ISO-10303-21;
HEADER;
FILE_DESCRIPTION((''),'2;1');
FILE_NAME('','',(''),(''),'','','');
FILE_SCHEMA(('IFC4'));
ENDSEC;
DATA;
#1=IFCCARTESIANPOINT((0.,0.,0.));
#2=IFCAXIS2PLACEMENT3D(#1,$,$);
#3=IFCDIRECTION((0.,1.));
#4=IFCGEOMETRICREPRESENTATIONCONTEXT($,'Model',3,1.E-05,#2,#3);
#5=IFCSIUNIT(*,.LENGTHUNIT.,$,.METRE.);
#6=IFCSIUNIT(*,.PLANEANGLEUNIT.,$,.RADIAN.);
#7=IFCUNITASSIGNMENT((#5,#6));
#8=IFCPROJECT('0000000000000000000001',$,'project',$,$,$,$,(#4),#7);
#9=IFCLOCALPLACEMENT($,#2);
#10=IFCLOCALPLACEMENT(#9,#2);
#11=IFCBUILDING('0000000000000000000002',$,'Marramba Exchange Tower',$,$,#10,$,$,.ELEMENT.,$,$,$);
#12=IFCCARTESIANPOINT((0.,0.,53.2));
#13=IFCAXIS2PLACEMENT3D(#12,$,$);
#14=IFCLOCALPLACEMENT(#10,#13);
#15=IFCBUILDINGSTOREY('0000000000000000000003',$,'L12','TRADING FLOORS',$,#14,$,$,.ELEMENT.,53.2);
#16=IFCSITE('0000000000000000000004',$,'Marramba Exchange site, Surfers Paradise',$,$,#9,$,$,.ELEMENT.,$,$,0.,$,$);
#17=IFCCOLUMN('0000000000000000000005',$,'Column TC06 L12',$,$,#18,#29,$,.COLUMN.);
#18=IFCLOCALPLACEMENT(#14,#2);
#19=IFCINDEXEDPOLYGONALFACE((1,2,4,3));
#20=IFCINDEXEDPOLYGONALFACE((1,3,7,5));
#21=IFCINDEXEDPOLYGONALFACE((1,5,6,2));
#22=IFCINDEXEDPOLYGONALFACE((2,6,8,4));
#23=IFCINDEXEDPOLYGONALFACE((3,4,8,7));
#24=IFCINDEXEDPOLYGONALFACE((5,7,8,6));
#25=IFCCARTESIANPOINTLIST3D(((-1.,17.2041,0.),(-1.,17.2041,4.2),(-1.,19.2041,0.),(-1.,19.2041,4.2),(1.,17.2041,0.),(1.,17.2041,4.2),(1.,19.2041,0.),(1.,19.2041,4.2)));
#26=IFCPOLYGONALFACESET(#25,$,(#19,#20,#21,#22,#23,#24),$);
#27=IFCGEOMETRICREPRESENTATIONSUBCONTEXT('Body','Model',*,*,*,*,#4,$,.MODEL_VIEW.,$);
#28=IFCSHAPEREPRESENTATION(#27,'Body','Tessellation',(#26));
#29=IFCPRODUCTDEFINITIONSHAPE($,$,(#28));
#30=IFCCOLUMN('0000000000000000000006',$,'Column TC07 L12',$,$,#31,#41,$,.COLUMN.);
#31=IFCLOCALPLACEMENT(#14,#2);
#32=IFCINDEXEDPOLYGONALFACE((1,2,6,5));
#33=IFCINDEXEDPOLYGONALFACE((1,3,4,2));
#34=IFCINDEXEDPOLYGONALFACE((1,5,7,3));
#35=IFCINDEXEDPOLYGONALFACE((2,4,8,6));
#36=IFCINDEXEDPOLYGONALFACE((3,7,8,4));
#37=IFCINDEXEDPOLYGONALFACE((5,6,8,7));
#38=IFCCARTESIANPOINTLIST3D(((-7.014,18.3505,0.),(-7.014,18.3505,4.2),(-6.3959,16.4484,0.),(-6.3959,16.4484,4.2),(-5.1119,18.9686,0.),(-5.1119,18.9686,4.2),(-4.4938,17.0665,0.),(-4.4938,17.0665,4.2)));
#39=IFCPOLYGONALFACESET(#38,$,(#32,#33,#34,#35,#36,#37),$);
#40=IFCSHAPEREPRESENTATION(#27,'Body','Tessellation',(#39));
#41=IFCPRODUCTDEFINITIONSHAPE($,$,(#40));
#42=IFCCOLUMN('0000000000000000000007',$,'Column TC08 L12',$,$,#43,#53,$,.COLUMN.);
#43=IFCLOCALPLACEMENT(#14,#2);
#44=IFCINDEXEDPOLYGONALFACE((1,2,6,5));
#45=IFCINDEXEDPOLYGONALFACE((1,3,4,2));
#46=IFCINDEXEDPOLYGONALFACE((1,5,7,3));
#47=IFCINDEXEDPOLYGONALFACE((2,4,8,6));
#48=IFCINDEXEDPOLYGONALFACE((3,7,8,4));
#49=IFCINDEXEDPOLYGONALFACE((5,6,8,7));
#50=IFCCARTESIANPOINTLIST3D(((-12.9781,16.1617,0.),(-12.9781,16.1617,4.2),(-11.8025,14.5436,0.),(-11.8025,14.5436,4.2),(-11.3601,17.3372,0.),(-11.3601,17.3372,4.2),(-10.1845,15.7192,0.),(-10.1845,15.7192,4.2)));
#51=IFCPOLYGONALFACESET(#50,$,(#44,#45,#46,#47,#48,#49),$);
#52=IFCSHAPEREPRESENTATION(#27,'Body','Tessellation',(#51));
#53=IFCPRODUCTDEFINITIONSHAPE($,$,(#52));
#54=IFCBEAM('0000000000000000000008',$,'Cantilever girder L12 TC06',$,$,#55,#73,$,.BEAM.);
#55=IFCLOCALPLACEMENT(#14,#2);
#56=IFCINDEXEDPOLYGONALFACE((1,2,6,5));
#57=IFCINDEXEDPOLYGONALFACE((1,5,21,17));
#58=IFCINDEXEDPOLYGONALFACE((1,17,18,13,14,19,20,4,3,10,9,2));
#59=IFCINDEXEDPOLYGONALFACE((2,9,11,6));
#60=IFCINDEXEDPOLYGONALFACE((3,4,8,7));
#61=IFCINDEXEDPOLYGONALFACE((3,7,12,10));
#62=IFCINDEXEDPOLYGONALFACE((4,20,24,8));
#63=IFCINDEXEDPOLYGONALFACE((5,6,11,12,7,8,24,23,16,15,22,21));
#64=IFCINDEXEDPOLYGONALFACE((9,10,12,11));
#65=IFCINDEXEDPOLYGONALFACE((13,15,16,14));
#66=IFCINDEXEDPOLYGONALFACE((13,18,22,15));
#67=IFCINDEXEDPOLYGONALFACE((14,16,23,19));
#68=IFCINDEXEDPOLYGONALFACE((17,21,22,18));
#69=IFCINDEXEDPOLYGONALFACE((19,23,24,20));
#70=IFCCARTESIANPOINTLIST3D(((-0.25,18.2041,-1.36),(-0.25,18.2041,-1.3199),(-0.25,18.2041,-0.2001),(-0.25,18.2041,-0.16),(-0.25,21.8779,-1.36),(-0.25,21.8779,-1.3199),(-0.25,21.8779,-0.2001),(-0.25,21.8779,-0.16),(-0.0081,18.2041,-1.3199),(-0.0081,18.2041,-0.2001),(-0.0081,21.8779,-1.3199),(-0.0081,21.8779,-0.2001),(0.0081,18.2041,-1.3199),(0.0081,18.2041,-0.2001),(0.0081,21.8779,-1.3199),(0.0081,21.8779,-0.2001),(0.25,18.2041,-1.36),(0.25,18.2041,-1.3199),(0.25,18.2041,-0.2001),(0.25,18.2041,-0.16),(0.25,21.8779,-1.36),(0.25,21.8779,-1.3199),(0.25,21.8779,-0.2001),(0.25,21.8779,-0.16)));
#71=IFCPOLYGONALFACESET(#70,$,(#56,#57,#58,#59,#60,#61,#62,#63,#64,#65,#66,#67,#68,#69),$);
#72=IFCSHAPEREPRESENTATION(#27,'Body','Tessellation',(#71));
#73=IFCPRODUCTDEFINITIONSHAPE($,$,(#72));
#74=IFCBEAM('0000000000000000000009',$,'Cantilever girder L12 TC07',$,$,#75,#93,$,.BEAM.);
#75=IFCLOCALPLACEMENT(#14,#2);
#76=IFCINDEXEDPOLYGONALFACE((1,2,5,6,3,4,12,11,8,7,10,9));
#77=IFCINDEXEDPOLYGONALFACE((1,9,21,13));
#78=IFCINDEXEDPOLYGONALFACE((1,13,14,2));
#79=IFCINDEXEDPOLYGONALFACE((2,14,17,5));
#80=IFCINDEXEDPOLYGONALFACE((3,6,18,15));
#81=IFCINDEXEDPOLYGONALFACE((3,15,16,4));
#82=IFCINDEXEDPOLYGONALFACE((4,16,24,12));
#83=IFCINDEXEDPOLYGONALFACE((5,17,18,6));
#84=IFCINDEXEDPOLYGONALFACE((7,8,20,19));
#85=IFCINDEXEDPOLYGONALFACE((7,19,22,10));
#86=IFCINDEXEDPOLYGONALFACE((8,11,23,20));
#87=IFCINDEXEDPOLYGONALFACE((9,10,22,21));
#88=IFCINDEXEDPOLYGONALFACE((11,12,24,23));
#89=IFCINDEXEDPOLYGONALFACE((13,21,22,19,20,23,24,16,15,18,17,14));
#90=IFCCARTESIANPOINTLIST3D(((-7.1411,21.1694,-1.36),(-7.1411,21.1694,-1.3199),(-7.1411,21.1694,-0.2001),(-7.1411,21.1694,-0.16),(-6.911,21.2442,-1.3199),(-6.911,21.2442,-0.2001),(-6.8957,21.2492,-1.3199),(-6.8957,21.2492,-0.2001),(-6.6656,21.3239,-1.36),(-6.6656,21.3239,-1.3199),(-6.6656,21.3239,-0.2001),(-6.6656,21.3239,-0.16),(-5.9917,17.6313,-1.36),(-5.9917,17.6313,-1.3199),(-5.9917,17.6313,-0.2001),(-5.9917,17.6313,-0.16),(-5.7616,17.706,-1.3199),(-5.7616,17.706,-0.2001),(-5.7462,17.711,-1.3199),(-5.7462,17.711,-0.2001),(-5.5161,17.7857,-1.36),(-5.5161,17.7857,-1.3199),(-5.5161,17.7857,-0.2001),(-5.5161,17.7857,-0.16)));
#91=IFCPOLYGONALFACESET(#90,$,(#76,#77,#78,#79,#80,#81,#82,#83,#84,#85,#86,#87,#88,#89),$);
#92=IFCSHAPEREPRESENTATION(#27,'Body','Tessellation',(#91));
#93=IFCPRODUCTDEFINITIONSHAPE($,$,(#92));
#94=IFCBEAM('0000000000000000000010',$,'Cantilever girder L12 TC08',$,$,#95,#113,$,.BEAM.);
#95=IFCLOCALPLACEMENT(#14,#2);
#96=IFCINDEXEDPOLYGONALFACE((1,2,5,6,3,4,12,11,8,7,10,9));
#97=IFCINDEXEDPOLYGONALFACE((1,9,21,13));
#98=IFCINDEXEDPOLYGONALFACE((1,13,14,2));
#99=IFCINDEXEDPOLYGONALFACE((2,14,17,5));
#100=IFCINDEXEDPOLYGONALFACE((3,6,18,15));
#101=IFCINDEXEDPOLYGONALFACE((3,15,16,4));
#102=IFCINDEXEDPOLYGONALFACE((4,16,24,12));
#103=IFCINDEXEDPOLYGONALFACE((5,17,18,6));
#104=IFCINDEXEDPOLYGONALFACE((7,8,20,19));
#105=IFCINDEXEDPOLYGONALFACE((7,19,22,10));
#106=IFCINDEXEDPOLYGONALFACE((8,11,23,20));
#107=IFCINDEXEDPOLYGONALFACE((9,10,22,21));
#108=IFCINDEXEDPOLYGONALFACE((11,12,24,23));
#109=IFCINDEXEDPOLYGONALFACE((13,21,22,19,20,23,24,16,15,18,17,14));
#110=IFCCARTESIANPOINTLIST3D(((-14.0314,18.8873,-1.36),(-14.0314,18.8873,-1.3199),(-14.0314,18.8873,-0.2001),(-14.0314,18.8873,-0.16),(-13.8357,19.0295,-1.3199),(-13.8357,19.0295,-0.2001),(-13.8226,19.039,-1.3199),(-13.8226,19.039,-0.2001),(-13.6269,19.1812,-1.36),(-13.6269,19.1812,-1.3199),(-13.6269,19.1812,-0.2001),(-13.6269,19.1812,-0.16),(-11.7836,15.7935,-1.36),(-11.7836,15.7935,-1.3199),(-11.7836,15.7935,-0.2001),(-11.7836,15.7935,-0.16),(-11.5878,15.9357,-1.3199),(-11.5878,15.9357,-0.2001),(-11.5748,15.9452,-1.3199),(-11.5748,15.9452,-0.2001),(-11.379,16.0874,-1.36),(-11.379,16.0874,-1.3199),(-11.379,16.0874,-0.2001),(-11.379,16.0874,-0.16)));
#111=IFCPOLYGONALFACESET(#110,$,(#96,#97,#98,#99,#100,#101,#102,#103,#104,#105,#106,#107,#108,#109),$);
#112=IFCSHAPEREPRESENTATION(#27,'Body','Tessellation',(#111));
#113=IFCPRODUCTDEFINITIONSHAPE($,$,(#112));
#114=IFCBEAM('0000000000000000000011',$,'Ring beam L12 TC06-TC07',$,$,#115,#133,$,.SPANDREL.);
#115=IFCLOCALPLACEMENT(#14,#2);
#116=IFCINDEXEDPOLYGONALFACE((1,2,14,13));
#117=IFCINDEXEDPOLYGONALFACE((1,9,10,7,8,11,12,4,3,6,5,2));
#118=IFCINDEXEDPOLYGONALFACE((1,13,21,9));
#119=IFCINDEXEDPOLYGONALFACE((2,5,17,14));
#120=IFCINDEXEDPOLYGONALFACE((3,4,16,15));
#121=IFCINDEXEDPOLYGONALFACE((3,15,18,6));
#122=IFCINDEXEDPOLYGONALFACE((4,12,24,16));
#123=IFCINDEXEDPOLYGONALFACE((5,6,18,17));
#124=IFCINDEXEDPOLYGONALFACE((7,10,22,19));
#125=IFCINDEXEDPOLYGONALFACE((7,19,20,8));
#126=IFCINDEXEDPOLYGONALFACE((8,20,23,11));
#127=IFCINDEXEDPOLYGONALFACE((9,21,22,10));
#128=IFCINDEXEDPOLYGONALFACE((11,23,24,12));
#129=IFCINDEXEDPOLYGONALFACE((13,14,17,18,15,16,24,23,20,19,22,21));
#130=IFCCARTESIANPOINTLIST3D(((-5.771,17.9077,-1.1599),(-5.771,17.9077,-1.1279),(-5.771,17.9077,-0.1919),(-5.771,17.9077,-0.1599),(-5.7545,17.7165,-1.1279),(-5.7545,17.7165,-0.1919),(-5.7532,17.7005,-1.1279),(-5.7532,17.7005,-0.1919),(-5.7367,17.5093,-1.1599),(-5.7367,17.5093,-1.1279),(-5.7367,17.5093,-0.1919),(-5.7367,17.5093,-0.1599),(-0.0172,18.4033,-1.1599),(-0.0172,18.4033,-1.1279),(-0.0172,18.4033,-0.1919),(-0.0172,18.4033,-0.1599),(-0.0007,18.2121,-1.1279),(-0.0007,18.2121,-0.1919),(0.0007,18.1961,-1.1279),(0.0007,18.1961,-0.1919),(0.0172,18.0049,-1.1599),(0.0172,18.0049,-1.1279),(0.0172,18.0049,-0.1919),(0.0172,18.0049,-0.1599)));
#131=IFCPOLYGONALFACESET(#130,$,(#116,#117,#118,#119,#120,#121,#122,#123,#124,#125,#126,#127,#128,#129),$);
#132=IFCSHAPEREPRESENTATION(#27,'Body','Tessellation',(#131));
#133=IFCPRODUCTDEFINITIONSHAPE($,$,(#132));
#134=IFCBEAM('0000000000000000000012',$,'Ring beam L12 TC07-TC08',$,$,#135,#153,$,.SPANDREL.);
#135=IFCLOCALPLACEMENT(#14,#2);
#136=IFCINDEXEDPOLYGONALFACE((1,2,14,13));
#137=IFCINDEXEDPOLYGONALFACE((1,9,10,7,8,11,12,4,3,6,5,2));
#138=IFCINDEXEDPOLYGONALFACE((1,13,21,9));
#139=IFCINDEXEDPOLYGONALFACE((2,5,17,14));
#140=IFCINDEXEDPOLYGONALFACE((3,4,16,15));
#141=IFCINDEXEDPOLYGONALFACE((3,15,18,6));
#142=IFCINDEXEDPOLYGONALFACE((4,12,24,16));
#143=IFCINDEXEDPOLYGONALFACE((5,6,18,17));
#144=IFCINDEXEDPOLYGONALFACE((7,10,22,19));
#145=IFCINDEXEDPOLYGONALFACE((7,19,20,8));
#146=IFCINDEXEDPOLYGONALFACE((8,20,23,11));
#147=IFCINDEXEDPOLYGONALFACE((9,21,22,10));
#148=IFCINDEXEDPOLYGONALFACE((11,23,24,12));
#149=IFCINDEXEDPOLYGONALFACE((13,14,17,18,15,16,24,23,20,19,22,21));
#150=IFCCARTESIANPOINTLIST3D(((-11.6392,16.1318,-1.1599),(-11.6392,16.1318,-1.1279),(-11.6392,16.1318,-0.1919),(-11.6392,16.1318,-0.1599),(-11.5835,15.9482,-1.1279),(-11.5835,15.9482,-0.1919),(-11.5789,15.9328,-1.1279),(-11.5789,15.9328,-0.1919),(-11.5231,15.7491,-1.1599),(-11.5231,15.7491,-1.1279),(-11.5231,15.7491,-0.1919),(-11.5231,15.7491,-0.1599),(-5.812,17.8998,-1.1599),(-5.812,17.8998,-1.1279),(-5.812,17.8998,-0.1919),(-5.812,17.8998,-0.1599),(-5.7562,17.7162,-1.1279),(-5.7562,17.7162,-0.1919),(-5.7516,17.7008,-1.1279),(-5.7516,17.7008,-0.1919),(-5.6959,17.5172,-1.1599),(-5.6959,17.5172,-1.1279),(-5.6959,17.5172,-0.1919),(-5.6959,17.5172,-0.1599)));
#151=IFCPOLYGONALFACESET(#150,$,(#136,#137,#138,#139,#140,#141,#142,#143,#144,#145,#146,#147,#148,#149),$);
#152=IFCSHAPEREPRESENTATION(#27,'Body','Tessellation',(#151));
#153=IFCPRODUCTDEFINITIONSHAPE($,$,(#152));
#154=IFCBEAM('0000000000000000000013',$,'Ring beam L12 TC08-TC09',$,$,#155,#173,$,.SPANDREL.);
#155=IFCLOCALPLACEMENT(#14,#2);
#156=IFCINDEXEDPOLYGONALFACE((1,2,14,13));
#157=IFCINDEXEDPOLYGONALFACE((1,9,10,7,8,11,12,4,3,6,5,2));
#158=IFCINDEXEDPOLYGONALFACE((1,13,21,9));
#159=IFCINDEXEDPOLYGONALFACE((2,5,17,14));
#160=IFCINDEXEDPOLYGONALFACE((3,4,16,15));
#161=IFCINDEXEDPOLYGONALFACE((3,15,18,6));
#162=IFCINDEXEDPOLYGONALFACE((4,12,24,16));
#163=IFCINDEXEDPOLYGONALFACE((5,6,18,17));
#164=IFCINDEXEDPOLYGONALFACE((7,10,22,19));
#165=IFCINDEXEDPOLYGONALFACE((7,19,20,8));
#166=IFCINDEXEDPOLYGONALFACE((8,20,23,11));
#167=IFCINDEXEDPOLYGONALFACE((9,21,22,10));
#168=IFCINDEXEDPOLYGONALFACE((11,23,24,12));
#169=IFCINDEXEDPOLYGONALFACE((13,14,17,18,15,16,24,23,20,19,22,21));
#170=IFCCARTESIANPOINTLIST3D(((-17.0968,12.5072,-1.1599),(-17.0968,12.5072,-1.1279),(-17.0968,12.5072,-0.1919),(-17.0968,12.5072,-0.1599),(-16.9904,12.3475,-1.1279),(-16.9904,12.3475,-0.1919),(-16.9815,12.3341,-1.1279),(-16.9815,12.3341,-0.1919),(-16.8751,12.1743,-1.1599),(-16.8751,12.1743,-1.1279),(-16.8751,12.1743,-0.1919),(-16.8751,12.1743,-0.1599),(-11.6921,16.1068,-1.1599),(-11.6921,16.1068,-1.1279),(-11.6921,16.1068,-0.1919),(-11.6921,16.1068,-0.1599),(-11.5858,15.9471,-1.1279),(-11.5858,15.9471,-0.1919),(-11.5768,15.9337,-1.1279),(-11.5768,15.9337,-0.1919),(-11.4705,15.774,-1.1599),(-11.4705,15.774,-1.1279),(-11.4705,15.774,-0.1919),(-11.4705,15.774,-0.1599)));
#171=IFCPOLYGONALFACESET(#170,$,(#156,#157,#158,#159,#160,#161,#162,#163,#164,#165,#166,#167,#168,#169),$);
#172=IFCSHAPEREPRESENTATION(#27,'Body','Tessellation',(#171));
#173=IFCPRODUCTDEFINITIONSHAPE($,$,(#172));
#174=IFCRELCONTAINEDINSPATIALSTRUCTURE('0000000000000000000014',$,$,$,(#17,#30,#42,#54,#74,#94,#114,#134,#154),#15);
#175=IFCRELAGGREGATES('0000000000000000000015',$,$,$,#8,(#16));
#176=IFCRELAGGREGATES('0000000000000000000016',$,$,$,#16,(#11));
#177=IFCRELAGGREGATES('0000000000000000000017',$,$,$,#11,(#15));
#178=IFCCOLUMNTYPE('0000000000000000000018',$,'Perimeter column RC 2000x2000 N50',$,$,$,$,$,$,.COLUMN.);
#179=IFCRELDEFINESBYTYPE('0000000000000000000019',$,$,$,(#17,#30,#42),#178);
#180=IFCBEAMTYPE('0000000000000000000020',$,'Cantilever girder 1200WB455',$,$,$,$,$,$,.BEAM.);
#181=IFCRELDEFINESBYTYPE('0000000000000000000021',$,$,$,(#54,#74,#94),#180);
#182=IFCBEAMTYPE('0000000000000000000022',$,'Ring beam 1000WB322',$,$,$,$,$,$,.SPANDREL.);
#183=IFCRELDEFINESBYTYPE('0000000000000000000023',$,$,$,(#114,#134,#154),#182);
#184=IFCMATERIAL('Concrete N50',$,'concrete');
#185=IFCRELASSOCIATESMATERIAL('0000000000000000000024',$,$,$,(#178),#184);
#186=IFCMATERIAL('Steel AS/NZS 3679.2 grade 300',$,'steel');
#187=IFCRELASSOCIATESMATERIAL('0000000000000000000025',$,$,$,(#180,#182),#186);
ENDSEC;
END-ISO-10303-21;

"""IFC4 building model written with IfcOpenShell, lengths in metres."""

from ifc_helpers import new_model, si_unit, direction, frame, origin, origin_2d, place, context, subcontext, project, spatial, rectangle, i_section, extrude, material, material_profile, profile_set, type_object, element, save


model = new_model("IFC4")

# Units and contexts
model_context = context("Model", 3, precision=1e-05, world=origin(), true_north=direction((0.0, 1.0)))
body_context = subcontext(model_context, "Body", "Model", "MODEL_VIEW")
ifc_project = project(units=[si_unit("LENGTHUNIT", "METRE"), si_unit("PLANEANGLEUNIT", "RADIAN")], contexts=[model_context])

# Site, building, storey
site_placement = place(None, origin())
site = spatial("IfcSite", under=ifc_project, at=site_placement, Name="Marramba Exchange site, Surfers Paradise", CompositionType="ELEMENT", RefElevation=0.0)
building_placement = place(site_placement, origin())
building = spatial("IfcBuilding", under=site, at=building_placement, Name="Marramba Exchange Tower", CompositionType="ELEMENT")
storey_placement = place(building_placement, frame((0.0, 0.0, 53.2)))
storey = spatial("IfcBuildingStorey", under=building, at=storey_placement, Name="L12", Description="TRADING FLOORS", CompositionType="ELEMENT", Elevation=53.2)

# Columns
ifc_material_1 = material(Name="Concrete N50", Category="concrete")
ifc_material_profile_1 = material_profile(ifc_material_1, rectangle(XDim=2.0, YDim=2.0, at=origin_2d()), Name="RC 2000x2000")
ifc_profile_set_1 = profile_set([ifc_material_profile_1], Name="Concrete N50")
column_type = type_object("IfcColumnType", Name="Perimeter column RC 2000x2000 N50", PredefinedType="COLUMN", material=ifc_profile_set_1)
for number, where, z_axis, x_axis, name in (
    (1, (0.0, 18.2041, 0.0), (0.0, 0.0, 1.0), (0.0, 1.0, 0.0), "Column TC06 L12"),
    (2, (-5.7539, 17.7085, 0.0), (0.0, 0.0, 1.0), (-0.309017, 0.951057, 0.0), "Column TC07 L12"),
    (3, (-11.5813, 15.9404, 0.0), (0.0, 0.0, 1.0), (-0.587785, 0.809017, 0.0), "Column TC08 L12"),
):
    element("IfcColumn", number, at=place(storey_placement, frame(where, z_axis=z_axis, x_axis=x_axis)), inside=storey, type_object=column_type, Name=name, PredefinedType="COLUMN", context=body_context, shape_type="SweptSolid", body=[
        extrude(rectangle(XDim=2.0, YDim=2.0, at=origin_2d()), origin(), (0.0, 0.0, 1.0), 4.2),
    ])

# Beams
ifc_material_2 = material(Name="Steel AS/NZS 3679.2 grade 300", Category="steel")
ifc_material_profile_2 = material_profile(ifc_material_2, i_section(OverallWidth=0.5, OverallDepth=1.2, WebThickness=0.0161, FlangeThickness=0.04, at=origin_2d()), Name="1200WB455")
ifc_profile_set_2 = profile_set([ifc_material_profile_2], Name="Steel AS/NZS 3679.2 grade 300")
beam_type_1 = type_object("IfcBeamType", Name="Cantilever girder 1200WB455", PredefinedType="BEAM", material=ifc_profile_set_2)
beam_1_placement = place(storey_placement, frame((0.0, 18.2041, -0.76), z_axis=(0.0, 1.0, 0.0), x_axis=(-1.0, 0.0, 0.0)))
element("IfcBeam", 4, at=beam_1_placement, inside=storey, type_object=beam_type_1, Name="Cantilever girder L12 TC06", PredefinedType="BEAM", context=body_context, shape_type="SweptSolid", body=[
    extrude(i_section(OverallWidth=0.5, OverallDepth=1.2, WebThickness=0.0161, FlangeThickness=0.04, at=origin_2d()), origin(), (0.0, 0.0, 1.0), 3.6738),
])
beam_2_placement = place(storey_placement, frame((-5.7539, 17.7085, -0.76), z_axis=(-0.308973, 0.951071, 0.0), x_axis=(-0.951071, -0.308973, 0.0)))
element("IfcBeam", 5, at=beam_2_placement, inside=storey, type_object=beam_type_1, Name="Cantilever girder L12 TC07", PredefinedType="BEAM", context=body_context, shape_type="SweptSolid", body=[
    extrude(i_section(OverallWidth=0.5, OverallDepth=1.2, WebThickness=0.0161, FlangeThickness=0.04, at=origin_2d()), origin(), (0.0, 0.0, 1.0), 3.7202),
])
beam_3_placement = place(storey_placement, frame((-11.5813, 15.9404, -0.76), z_axis=(-0.587796, 0.809009, 0.0), x_axis=(-0.809009, -0.587796, 0.0)))
element("IfcBeam", 6, at=beam_3_placement, inside=storey, type_object=beam_type_1, Name="Cantilever girder L12 TC08", PredefinedType="BEAM", context=body_context, shape_type="SweptSolid", body=[
    extrude(i_section(OverallWidth=0.5, OverallDepth=1.2, WebThickness=0.0161, FlangeThickness=0.04, at=origin_2d()), origin(), (0.0, 0.0, 1.0), 3.8242),
])
ifc_material_profile_3 = material_profile(ifc_material_2, i_section(OverallWidth=0.3999, OverallDepth=1.0, WebThickness=0.0161, FlangeThickness=0.032, at=origin_2d()), Name="1000WB322")
ifc_profile_set_3 = profile_set([ifc_material_profile_3], Name="Steel AS/NZS 3679.2 grade 300")
beam_type_2 = type_object("IfcBeamType", Name="Ring beam 1000WB322", PredefinedType="SPANDREL", material=ifc_profile_set_3)
beam_4_placement = place(storey_placement, frame((0.0, 18.2041, -0.6599), z_axis=(-0.996311, -0.085816, 0.0), x_axis=(0.085816, -0.996311, 0.0)))
element("IfcBeam", 7, at=beam_4_placement, inside=storey, type_object=beam_type_2, Name="Ring beam L12 TC06-TC07", PredefinedType="SPANDREL", context=body_context, shape_type="SweptSolid", body=[
    extrude(i_section(OverallWidth=0.3999, OverallDepth=1.0, WebThickness=0.0161, FlangeThickness=0.032, at=origin_2d()), origin(), (0.0, 0.0, 1.0), 5.7751),
])
beam_5_placement = place(storey_placement, frame((-5.7539, 17.7085, -0.6599), z_axis=(-0.956925, -0.290337, 0.0), x_axis=(0.290337, -0.956925, 0.0)))
element("IfcBeam", 8, at=beam_5_placement, inside=storey, type_object=beam_type_2, Name="Ring beam L12 TC07-TC08", PredefinedType="SPANDREL", context=body_context, shape_type="SweptSolid", body=[
    extrude(i_section(OverallWidth=0.3999, OverallDepth=1.0, WebThickness=0.0161, FlangeThickness=0.032, at=origin_2d()), origin(), (0.0, 0.0, 1.0), 6.0896),
])
beam_6_placement = place(storey_placement, frame((-11.5813, 15.9404, -0.6599), z_axis=(-0.832293, -0.554336, 0.0), x_axis=(0.554336, -0.832293, 0.0)))
element("IfcBeam", 9, at=beam_6_placement, inside=storey, type_object=beam_type_2, Name="Ring beam L12 TC08-TC09", PredefinedType="SPANDREL", context=body_context, shape_type="SweptSolid", body=[
    extrude(i_section(OverallWidth=0.3999, OverallDepth=1.0, WebThickness=0.0161, FlangeThickness=0.032, at=origin_2d()), origin(), (0.0, 0.0, 1.0), 6.4937),
])

save(model, "model.ifc")
